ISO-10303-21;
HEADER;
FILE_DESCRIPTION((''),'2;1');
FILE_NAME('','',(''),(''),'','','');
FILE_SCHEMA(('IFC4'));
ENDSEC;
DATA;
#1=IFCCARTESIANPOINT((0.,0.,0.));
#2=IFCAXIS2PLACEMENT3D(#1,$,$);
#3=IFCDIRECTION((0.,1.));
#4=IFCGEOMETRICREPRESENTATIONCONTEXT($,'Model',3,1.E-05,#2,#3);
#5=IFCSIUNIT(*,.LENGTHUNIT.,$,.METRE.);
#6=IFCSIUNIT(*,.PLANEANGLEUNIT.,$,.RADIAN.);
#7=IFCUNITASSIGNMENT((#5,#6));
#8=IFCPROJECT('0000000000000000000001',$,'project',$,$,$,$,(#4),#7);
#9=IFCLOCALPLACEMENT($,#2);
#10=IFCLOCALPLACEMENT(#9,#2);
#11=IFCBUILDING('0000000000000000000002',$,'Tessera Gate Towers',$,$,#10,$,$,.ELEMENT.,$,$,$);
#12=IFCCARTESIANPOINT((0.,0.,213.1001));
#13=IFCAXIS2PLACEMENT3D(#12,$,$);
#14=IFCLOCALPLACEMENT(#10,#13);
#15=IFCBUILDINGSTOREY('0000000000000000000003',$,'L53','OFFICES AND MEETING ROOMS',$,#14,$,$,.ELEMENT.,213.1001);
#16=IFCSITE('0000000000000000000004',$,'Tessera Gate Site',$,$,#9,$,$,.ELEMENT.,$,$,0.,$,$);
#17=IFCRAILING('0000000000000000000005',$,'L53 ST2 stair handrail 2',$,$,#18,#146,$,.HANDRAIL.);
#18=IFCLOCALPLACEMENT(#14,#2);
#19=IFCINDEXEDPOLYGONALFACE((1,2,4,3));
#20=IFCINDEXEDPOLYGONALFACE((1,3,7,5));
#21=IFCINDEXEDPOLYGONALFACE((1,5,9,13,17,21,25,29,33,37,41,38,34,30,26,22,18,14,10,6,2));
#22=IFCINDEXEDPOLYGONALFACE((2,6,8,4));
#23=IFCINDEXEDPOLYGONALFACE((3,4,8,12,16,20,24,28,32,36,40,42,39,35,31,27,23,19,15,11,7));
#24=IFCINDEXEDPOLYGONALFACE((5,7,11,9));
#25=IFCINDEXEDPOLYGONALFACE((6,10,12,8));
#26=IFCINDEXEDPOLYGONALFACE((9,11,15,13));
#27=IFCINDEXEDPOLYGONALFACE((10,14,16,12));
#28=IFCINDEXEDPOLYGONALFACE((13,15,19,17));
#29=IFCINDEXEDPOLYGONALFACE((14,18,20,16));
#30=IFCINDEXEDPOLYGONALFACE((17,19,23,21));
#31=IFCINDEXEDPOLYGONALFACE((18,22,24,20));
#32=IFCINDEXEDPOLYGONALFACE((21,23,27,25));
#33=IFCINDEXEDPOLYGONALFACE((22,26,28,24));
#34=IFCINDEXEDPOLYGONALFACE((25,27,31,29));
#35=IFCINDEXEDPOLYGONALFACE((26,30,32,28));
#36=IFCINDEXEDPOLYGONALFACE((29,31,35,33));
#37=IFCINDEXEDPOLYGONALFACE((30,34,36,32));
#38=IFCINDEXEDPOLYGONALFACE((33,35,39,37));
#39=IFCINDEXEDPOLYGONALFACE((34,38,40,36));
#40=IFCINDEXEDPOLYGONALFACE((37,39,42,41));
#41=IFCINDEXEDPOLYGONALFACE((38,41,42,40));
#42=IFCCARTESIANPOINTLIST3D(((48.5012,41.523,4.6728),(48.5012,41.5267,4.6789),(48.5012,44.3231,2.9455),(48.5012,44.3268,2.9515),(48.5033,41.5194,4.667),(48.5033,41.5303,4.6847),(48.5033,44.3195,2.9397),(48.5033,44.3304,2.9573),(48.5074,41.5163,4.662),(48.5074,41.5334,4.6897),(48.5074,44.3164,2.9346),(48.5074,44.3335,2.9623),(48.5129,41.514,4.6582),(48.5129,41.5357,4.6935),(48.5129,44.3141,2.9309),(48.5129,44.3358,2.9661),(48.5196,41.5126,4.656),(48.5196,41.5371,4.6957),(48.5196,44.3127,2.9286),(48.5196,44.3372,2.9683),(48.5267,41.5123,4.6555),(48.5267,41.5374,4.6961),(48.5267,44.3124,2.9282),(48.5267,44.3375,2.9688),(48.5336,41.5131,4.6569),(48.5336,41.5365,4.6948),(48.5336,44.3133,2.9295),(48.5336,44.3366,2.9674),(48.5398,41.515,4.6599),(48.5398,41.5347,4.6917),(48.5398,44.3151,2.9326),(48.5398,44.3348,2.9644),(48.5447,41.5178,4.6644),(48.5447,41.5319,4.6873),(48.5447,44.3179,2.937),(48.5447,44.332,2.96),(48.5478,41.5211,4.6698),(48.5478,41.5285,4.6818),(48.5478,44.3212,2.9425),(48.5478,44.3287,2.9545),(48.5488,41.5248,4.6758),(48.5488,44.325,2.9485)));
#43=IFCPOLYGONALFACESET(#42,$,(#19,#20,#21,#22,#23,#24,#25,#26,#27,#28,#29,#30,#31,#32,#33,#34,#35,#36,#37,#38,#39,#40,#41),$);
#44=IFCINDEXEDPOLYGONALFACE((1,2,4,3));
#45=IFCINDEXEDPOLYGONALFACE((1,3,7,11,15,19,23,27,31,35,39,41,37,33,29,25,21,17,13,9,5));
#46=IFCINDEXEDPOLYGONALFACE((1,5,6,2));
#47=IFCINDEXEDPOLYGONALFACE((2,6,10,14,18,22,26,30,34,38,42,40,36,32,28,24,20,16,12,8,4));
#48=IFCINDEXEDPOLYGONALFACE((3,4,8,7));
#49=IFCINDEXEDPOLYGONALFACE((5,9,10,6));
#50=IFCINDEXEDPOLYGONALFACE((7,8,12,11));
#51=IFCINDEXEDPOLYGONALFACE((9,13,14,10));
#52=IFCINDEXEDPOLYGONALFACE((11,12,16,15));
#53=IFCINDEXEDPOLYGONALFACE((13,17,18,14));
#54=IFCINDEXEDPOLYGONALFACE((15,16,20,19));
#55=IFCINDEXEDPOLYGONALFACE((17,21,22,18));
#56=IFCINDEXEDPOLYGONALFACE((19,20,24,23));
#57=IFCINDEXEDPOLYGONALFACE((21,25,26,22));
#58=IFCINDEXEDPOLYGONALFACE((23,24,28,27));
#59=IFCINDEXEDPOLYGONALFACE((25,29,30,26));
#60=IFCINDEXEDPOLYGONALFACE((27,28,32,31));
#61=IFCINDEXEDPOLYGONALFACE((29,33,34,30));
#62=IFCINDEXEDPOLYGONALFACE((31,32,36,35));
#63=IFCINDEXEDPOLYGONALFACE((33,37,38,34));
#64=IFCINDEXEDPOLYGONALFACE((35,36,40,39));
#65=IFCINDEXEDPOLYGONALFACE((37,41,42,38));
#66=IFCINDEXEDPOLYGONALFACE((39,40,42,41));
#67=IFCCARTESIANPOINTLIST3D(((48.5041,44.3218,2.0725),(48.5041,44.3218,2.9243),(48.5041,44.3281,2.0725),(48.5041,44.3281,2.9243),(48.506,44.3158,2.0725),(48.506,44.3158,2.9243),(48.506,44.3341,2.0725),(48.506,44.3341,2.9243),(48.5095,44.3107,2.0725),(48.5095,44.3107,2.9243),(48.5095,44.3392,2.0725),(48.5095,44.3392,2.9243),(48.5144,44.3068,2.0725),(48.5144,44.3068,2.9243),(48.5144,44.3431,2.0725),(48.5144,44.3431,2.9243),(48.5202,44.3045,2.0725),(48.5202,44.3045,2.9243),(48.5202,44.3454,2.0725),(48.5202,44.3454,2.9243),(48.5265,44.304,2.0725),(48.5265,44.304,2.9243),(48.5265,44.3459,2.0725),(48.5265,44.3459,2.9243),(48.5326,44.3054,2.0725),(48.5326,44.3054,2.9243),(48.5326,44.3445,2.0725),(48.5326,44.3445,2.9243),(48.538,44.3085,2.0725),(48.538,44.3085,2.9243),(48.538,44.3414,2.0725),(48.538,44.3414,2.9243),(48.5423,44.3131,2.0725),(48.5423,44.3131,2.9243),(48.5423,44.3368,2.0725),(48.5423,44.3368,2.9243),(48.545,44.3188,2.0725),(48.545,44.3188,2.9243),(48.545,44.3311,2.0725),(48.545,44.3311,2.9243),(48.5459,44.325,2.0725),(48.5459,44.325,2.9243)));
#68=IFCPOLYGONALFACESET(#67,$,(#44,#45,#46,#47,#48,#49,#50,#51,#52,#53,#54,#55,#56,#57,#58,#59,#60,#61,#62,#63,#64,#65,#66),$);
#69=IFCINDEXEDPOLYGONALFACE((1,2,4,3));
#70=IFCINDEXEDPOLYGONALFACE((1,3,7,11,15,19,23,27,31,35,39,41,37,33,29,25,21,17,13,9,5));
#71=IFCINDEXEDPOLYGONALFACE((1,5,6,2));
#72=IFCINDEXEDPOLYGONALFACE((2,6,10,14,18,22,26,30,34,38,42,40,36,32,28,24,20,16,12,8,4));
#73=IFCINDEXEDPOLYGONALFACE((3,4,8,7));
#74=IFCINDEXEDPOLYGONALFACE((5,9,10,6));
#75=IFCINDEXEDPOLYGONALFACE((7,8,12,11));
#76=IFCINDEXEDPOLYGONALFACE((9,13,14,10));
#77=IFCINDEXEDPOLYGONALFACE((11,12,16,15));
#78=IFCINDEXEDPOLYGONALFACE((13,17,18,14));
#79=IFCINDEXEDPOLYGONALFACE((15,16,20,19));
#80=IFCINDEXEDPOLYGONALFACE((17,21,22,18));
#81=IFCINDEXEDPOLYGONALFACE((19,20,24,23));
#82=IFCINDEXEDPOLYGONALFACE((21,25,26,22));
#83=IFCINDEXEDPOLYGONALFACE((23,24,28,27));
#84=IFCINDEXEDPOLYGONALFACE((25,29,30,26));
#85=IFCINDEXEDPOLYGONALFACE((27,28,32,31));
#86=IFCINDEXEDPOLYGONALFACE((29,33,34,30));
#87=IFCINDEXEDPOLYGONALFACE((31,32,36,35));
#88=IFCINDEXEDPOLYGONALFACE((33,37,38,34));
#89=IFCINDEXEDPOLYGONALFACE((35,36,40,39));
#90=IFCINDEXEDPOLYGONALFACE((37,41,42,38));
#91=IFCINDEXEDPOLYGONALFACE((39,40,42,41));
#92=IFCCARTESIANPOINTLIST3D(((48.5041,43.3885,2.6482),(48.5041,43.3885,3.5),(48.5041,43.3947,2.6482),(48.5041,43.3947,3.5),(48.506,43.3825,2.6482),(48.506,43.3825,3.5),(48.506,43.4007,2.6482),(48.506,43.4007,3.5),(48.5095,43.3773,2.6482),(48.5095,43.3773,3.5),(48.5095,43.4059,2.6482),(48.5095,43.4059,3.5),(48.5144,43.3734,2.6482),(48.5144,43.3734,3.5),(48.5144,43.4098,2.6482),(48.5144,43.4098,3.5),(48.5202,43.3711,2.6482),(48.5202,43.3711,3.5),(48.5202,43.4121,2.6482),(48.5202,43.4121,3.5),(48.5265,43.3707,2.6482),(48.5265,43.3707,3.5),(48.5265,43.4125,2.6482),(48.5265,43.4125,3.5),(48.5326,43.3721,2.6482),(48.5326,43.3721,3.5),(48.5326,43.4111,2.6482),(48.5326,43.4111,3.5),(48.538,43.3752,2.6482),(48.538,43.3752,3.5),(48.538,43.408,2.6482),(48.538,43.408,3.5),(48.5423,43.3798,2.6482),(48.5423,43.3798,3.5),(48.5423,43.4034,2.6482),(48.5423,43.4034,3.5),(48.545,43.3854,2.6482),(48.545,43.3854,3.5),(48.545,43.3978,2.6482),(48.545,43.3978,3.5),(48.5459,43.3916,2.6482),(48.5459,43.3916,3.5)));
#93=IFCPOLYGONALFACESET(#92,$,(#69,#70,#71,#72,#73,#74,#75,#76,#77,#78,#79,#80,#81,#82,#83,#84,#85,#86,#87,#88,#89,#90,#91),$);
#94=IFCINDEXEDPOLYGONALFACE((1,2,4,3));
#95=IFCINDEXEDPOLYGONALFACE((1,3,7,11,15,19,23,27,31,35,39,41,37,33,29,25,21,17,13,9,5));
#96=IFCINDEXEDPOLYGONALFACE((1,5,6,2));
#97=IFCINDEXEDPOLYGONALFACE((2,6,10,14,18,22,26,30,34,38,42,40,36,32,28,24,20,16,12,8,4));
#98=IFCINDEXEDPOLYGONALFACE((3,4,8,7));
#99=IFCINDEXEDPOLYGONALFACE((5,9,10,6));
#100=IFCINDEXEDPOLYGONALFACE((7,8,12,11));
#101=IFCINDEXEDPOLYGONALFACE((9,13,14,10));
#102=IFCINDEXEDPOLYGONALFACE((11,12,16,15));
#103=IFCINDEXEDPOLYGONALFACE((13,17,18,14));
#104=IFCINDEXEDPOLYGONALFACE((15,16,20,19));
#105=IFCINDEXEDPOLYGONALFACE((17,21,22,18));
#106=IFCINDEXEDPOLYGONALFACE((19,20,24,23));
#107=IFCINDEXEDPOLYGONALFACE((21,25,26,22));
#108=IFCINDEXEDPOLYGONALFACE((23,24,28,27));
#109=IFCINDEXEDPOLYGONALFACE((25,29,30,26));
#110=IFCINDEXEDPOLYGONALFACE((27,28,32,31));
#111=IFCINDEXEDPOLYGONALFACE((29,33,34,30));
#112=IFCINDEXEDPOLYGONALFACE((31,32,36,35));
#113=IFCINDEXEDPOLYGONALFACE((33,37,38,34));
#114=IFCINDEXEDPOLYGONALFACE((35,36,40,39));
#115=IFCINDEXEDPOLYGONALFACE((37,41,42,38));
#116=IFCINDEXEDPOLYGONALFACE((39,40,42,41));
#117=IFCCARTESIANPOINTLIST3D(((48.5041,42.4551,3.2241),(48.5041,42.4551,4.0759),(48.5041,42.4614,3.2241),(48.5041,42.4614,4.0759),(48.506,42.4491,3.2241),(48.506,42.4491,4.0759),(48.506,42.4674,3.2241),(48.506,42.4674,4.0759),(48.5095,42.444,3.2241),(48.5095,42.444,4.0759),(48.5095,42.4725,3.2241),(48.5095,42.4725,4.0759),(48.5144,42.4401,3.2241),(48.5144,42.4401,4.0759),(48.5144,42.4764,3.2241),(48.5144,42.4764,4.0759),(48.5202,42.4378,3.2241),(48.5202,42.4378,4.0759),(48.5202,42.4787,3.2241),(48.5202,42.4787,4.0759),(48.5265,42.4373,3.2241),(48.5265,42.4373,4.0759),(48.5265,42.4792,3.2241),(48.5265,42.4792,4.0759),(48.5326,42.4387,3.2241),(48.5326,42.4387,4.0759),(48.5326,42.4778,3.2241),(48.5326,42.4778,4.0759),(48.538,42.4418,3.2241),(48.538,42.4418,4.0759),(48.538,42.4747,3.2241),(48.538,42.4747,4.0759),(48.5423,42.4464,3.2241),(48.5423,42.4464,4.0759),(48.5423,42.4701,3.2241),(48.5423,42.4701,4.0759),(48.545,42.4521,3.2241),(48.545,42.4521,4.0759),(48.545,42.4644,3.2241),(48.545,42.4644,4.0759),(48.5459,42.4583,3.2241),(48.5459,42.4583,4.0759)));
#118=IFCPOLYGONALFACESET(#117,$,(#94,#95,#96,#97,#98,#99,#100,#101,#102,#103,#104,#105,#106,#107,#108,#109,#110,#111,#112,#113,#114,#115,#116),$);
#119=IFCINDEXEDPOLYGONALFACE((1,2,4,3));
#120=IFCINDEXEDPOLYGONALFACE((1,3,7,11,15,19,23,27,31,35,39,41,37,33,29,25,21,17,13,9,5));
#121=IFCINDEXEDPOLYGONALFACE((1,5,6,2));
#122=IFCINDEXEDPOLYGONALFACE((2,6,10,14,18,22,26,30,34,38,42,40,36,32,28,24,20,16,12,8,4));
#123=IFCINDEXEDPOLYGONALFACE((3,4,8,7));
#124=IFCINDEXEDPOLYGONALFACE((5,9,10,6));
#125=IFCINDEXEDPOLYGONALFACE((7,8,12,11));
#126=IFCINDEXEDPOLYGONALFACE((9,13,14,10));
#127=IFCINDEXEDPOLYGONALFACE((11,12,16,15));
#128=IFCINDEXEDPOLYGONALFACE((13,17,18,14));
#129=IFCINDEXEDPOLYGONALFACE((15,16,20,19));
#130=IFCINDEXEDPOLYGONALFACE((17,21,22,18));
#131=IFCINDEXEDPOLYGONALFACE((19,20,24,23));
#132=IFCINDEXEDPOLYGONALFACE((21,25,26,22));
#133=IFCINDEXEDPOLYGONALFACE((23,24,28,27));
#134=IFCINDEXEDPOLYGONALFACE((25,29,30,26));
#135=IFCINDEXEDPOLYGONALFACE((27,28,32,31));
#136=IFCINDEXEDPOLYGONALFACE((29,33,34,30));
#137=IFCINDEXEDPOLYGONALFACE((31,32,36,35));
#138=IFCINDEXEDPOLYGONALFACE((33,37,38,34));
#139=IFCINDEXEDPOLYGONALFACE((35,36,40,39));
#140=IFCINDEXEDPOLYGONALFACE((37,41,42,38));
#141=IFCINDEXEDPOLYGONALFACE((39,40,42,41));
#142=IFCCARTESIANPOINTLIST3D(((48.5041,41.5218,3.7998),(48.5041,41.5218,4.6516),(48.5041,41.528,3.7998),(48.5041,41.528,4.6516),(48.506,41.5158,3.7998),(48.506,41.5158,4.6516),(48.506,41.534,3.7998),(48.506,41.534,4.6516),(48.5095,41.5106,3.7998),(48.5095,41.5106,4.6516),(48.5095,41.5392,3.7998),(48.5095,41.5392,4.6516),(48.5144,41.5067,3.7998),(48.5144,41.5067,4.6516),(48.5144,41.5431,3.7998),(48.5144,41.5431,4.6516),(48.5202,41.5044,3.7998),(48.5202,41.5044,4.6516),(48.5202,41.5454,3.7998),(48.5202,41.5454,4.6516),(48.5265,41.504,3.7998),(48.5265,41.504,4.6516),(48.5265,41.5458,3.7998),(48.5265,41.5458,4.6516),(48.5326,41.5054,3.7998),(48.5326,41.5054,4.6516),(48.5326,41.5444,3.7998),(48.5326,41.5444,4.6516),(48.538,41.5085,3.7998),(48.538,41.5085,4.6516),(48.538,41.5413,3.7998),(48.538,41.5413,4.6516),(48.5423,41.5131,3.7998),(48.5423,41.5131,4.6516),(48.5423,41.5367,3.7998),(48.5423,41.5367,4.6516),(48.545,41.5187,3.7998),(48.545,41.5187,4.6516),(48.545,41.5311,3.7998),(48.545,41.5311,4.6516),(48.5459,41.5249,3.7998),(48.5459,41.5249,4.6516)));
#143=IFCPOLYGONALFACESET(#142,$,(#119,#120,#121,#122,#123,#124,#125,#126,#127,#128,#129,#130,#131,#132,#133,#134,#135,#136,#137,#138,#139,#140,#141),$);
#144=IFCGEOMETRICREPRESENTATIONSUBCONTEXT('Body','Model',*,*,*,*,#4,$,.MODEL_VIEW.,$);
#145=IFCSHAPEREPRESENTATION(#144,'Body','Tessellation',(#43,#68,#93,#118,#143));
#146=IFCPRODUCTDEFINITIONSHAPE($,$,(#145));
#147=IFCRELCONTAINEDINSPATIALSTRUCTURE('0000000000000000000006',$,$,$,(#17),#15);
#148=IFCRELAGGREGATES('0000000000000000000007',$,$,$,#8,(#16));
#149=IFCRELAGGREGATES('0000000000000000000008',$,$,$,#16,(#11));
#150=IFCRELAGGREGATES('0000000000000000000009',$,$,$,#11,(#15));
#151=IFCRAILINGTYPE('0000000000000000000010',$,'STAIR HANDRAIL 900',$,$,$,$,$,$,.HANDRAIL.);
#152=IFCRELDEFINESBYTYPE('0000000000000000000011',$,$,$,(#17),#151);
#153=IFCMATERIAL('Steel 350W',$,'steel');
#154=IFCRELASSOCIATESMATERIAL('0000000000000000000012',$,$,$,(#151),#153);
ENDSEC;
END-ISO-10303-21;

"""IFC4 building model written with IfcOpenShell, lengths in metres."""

from ifc_helpers import new_model, si_unit, direction, frame, origin, origin_2d, place, context, subcontext, project, spatial, circle, extrude, material, type_object, element, save


model = new_model("IFC4")

# Units and contexts
model_context = context("Model", 3, precision=1e-05, world=origin(), true_north=direction((0.0, 1.0)))
body_context = subcontext(model_context, "Body", "Model", "MODEL_VIEW")
ifc_project = project(units=[si_unit("LENGTHUNIT", "METRE"), si_unit("PLANEANGLEUNIT", "RADIAN")], contexts=[model_context])

# Site, building, storey
site_placement = place(None, origin())
site = spatial("IfcSite", under=ifc_project, at=site_placement, Name="Tessera Gate Site", CompositionType="ELEMENT", RefElevation=0.0)
building_placement = place(site_placement, origin())
building = spatial("IfcBuilding", under=site, at=building_placement, Name="Tessera Gate Towers", CompositionType="ELEMENT")
storey_placement = place(building_placement, frame((0.0, 0.0, 213.1001)))
storey = spatial("IfcBuildingStorey", under=building, at=storey_placement, Name="L53", Description="OFFICES AND MEETING ROOMS", CompositionType="ELEMENT", Elevation=213.1001)

# Railing
ifc_material_1 = material(Name="Steel 350W", Category="steel")
railing_type_1 = type_object("IfcRailingType", Name="STAIR HANDRAIL 900", PredefinedType="HANDRAIL", material=ifc_material_1)
railing_1_placement = place(storey_placement, frame((48.5249, 44.325, 2.0725)))
element("IfcRailing", 1, at=railing_1_placement, inside=storey, type_object=railing_type_1, Name="L53 ST2 stair handrail 2", PredefinedType="HANDRAIL", context=body_context, shape_type="SweptSolid", body=[
    extrude(circle(Radius=0.0239, at=origin_2d()), frame((0.0, 0.0, 0.876), z_axis=(0.0, -0.85109, 0.52502), x_axis=(1.0, 0.0, 0.0)), (0.0, 0.0, 1.0), 3.29),
    extrude(circle(Radius=0.021, at=origin_2d()), origin(), (0.0, 0.0, 1.0), 0.8518),
    extrude(circle(Radius=0.021, at=origin_2d()), frame((0.0, -0.9333, 0.5757)), (0.0, 0.0, 1.0), 0.8518),
    extrude(circle(Radius=0.021, at=origin_2d()), frame((0.0, -1.8667, 1.1516)), (0.0, 0.0, 1.0), 0.8518),
    extrude(circle(Radius=0.021, at=origin_2d()), frame((0.0, -2.8, 1.7273)), (0.0, 0.0, 1.0), 0.8518),
])

save(model, "model.ifc")
